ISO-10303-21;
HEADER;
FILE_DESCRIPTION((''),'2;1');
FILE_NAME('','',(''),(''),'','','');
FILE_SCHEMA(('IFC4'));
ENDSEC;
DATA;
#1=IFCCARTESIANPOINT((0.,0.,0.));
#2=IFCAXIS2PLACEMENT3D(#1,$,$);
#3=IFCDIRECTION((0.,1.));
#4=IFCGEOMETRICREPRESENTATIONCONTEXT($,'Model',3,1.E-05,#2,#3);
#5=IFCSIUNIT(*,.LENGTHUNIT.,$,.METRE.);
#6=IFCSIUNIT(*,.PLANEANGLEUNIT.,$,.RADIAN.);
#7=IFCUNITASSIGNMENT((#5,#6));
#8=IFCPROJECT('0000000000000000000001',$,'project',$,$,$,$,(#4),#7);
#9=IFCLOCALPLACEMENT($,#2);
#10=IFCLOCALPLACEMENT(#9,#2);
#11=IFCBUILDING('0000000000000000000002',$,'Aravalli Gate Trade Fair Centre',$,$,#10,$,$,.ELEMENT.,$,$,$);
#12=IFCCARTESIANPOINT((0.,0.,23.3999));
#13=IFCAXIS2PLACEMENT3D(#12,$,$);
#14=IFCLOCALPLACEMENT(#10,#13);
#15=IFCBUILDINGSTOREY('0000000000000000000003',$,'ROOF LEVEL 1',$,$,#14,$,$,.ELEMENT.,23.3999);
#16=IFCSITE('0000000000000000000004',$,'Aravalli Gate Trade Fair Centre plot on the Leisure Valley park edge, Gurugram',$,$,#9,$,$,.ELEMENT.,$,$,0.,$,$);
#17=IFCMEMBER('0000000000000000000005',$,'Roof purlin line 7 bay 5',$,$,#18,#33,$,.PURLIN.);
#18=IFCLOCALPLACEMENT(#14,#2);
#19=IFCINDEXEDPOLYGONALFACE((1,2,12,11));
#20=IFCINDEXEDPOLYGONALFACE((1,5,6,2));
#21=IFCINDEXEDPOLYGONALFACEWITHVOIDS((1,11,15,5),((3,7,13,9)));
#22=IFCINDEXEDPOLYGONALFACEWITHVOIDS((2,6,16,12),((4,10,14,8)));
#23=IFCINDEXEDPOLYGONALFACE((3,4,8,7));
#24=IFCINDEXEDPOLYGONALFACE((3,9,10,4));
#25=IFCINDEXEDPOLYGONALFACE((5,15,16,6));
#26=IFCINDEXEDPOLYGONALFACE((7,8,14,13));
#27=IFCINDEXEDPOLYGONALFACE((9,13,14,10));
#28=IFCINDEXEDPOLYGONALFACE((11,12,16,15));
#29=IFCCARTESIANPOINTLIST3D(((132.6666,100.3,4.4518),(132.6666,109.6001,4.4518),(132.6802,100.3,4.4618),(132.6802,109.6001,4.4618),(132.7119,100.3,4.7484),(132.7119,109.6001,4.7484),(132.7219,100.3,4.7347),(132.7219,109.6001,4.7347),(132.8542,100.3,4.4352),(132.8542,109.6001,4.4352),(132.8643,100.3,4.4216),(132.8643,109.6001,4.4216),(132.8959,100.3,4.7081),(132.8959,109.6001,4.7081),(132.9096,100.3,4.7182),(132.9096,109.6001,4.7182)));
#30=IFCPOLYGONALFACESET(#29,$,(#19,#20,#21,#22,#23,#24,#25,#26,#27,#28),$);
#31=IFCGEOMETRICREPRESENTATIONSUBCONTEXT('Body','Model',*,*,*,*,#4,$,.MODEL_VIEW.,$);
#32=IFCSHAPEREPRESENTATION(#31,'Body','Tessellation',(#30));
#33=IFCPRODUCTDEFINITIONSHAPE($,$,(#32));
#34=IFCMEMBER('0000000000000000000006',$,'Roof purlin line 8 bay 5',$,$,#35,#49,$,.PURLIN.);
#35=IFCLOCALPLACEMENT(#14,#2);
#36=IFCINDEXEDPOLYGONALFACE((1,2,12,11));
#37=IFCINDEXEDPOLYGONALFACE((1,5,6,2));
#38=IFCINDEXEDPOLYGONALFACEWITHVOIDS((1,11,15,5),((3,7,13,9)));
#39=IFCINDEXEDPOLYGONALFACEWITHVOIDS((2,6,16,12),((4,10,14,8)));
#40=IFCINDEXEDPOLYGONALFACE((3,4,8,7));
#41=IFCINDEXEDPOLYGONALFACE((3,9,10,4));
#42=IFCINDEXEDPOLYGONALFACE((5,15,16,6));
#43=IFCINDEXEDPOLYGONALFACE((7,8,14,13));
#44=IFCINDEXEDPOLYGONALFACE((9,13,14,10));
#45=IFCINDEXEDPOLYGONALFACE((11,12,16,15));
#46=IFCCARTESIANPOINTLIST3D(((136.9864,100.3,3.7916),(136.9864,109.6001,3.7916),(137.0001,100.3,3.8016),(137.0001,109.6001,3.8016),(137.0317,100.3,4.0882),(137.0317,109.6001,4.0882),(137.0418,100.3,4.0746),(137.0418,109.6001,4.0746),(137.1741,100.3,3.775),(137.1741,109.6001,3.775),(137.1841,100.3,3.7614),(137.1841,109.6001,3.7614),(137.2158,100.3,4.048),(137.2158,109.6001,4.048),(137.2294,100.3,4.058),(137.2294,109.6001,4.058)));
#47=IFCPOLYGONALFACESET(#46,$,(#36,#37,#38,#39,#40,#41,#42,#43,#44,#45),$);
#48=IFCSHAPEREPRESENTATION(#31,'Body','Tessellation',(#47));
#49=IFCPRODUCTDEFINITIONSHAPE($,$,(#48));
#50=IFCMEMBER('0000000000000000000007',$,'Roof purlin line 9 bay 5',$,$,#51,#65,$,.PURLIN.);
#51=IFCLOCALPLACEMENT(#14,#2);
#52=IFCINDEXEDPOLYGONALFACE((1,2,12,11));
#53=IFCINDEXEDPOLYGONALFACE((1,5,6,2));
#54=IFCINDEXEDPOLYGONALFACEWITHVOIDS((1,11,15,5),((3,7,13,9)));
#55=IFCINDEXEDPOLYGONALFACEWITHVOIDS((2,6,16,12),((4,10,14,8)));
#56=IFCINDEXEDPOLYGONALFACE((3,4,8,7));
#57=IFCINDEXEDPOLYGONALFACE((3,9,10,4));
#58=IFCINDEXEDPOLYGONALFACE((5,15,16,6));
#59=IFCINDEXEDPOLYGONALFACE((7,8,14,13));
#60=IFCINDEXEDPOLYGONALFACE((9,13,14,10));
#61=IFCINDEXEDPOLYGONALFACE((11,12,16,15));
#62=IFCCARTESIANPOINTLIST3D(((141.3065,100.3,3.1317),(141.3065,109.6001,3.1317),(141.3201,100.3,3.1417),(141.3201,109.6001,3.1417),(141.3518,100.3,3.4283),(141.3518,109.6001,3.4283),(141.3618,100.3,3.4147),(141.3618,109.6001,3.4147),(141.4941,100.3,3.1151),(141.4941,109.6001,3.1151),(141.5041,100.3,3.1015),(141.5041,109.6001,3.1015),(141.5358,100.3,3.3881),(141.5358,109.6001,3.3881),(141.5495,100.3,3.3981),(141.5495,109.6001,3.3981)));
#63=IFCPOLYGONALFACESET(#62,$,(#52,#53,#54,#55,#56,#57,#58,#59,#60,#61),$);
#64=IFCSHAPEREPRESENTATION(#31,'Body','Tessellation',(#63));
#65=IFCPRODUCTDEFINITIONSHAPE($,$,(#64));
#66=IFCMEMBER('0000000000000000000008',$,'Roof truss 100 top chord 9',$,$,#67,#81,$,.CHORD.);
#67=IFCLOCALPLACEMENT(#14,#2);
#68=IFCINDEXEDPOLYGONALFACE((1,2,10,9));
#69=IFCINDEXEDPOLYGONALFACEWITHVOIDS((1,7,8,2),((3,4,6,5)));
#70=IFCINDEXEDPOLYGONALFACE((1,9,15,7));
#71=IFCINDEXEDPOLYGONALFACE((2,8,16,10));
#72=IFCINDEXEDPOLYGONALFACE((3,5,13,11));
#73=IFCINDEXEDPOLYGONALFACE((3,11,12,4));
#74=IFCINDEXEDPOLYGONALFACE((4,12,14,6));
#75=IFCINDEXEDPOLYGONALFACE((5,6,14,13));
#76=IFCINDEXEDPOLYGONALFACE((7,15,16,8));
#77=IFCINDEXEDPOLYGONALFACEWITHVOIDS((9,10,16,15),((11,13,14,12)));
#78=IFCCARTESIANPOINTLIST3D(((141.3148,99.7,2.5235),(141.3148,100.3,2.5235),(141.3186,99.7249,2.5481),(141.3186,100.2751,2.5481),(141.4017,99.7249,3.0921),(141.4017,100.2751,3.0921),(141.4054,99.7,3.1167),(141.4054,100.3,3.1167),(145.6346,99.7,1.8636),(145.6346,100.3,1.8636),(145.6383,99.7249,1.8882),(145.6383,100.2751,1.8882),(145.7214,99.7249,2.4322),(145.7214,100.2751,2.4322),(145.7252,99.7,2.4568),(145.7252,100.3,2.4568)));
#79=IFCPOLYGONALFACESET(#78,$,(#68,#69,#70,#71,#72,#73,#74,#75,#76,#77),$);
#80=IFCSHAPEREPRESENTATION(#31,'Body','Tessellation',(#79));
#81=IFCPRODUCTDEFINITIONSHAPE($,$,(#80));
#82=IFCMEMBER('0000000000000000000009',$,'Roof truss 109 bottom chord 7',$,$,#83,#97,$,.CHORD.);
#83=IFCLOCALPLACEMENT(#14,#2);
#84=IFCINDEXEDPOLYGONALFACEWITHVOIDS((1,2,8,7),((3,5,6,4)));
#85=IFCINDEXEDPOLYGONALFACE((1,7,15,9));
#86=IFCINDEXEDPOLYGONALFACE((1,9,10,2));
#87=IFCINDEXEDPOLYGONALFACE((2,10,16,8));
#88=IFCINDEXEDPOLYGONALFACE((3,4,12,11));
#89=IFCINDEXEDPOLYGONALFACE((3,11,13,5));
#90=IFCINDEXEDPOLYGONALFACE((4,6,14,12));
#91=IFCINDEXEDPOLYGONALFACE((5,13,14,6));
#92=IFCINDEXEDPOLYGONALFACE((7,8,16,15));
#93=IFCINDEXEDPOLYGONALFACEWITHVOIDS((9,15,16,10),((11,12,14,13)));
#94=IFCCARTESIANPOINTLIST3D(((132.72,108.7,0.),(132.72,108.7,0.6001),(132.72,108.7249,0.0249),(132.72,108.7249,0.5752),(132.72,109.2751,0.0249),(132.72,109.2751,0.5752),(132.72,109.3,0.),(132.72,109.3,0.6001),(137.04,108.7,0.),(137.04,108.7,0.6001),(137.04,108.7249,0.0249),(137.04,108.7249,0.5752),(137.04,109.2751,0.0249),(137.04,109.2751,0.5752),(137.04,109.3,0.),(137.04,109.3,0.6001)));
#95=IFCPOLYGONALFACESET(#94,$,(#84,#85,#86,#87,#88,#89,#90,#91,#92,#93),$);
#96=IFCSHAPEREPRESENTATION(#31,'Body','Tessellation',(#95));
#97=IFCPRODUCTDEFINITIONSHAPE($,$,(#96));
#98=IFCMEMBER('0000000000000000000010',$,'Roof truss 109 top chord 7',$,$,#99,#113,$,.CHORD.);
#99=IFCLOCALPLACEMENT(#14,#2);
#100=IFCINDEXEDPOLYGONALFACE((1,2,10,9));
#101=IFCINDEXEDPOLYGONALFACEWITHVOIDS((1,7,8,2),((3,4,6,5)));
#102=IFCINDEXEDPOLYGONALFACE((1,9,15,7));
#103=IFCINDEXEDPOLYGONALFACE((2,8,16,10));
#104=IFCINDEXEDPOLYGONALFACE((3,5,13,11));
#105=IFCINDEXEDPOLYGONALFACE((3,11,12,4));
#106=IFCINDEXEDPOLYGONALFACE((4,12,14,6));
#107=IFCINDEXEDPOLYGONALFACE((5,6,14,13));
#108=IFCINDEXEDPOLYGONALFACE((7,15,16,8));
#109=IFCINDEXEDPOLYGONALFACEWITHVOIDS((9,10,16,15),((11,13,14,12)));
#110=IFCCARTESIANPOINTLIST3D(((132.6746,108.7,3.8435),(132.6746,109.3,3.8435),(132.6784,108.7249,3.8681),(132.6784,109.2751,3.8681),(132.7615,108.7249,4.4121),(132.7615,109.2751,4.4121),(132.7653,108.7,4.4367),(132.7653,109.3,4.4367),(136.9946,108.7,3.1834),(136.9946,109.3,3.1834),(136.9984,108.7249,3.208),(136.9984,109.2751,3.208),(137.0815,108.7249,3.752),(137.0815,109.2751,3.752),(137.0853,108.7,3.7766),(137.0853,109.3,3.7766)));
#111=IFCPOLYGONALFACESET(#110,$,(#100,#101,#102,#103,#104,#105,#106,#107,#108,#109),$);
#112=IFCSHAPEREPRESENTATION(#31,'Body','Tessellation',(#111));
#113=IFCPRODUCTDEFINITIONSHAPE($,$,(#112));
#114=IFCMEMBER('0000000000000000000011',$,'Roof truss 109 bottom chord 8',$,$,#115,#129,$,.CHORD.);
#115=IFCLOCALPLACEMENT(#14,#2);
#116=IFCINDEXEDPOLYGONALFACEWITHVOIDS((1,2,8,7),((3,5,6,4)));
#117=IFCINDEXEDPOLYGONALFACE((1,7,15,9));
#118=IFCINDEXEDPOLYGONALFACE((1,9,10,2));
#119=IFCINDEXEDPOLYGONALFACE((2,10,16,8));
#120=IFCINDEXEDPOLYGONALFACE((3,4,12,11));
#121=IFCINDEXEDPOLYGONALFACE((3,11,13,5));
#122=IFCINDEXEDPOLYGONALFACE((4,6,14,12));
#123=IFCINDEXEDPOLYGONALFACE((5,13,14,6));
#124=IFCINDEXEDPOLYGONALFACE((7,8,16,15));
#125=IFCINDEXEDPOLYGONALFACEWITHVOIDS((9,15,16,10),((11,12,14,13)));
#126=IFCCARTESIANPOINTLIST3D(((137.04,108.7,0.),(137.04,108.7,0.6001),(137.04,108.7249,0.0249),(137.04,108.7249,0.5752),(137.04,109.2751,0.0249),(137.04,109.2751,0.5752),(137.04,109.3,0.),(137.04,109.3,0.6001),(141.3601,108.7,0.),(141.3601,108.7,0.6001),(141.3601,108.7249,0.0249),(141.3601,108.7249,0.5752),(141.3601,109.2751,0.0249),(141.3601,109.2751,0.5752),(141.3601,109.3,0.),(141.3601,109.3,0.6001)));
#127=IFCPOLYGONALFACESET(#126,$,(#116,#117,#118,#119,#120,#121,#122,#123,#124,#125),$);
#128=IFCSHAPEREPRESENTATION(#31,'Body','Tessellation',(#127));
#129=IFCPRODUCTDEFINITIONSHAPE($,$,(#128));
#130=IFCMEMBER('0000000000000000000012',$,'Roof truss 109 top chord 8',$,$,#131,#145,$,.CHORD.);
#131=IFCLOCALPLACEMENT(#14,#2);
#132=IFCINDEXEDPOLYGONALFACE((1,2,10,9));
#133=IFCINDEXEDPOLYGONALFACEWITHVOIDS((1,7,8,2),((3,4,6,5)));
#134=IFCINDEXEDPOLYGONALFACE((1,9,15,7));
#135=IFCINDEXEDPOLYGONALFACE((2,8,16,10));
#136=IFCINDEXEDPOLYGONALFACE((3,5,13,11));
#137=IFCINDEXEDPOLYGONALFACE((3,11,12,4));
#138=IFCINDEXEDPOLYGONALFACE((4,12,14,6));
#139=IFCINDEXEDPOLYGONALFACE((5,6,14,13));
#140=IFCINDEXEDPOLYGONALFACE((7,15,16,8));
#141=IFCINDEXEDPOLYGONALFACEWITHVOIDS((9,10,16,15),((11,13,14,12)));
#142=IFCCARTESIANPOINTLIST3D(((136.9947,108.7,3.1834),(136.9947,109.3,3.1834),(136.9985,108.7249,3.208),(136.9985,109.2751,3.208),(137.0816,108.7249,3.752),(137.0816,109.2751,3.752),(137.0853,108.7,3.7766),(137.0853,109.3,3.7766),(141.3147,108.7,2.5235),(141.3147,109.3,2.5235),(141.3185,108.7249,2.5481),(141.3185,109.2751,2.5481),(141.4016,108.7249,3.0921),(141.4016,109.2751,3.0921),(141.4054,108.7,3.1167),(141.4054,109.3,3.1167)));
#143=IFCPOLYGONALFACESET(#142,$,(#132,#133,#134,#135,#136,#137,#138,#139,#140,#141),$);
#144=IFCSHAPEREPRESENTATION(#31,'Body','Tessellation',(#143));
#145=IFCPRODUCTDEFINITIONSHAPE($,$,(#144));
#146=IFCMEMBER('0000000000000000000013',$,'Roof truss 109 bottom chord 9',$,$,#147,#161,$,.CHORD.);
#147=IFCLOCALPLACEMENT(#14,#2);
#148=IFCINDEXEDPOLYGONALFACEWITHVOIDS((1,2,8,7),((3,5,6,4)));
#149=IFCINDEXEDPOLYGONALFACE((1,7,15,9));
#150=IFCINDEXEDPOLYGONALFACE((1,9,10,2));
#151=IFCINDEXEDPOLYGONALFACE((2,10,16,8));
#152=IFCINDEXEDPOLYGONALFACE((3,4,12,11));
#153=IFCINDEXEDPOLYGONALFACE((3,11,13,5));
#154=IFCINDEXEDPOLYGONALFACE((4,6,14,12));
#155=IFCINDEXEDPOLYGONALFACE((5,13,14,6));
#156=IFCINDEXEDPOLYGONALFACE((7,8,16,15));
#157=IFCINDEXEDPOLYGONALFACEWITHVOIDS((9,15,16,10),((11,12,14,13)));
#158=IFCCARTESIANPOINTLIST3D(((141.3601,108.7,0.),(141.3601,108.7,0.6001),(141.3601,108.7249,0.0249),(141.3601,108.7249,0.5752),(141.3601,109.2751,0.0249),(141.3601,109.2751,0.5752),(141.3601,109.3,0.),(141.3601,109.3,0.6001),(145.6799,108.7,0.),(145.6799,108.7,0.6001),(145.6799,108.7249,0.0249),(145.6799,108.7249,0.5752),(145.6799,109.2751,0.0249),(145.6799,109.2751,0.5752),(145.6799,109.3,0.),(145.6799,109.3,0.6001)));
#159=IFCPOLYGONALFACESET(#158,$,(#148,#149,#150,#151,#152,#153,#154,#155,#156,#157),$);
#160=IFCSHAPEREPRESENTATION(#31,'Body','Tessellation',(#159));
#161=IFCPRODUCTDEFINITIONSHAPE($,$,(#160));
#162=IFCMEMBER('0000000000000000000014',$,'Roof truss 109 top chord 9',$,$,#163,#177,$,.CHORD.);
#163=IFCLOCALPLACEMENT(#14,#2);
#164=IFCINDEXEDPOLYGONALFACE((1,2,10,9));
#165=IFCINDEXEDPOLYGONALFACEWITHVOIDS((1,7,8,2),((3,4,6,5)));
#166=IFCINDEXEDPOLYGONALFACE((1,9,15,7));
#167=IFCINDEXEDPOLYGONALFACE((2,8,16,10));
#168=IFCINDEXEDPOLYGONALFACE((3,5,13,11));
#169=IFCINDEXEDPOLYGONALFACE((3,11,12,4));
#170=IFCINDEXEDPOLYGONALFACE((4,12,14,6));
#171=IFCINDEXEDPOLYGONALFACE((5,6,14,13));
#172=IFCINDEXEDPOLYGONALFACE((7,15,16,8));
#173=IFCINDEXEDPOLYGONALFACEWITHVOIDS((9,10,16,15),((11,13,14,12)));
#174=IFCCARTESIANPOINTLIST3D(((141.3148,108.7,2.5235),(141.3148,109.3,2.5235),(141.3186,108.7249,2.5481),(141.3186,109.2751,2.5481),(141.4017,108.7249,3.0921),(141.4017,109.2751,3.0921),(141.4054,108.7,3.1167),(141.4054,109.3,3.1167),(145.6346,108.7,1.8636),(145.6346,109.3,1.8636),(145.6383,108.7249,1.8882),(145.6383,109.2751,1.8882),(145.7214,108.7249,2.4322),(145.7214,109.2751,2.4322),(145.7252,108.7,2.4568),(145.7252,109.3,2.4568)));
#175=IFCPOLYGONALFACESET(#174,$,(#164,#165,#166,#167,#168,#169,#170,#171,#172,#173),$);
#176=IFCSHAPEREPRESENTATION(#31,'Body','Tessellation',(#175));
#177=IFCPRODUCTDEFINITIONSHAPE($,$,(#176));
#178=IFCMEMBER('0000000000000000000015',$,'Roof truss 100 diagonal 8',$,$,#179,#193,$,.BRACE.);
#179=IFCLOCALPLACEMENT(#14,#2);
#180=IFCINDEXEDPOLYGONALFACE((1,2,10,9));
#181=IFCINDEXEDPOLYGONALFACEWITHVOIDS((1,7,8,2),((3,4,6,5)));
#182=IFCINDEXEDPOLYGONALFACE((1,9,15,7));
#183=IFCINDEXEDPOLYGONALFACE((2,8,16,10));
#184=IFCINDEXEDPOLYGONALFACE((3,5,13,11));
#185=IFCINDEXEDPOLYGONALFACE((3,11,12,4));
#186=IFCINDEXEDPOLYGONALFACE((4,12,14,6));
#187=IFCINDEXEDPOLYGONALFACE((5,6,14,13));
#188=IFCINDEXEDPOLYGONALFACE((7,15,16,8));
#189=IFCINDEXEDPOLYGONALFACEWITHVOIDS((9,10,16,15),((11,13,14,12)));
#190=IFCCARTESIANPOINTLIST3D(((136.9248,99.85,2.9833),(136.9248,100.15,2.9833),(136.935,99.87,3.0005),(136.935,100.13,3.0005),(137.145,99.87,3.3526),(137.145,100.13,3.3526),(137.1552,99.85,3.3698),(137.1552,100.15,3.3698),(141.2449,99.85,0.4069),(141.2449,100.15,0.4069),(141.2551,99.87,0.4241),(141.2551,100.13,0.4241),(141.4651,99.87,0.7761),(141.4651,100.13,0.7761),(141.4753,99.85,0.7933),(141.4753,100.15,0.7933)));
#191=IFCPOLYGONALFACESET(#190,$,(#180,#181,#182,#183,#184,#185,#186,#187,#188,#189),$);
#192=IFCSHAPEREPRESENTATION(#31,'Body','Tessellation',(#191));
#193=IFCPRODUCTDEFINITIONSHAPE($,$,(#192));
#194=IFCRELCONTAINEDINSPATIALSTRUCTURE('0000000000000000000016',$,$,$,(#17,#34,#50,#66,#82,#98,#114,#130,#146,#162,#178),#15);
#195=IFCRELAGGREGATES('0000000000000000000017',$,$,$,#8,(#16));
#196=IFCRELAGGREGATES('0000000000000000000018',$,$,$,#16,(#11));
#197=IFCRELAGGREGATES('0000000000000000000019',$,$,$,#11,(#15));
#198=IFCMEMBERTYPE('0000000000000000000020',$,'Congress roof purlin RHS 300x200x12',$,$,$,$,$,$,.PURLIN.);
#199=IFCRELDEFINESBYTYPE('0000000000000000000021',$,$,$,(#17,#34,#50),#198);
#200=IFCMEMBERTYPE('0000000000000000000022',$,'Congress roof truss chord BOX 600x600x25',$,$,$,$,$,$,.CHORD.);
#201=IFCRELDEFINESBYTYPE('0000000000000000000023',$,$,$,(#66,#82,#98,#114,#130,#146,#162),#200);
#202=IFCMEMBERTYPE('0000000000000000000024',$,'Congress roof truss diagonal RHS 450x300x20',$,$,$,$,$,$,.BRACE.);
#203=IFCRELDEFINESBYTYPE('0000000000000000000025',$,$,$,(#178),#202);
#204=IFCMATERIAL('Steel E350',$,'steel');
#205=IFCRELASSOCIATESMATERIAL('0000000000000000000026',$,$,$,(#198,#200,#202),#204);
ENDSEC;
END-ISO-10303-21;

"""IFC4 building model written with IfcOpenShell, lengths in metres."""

from ifc_helpers import new_model, si_unit, direction, frame, origin, origin_2d, place, context, subcontext, project, spatial, hollow_rectangle, extrude, material, material_profile, profile_set, type_object, element, save


model = new_model("IFC4")

# Units and contexts
model_context = context("Model", 3, precision=1e-05, world=origin(), true_north=direction((0.0, 1.0)))
body_context = subcontext(model_context, "Body", "Model", "MODEL_VIEW")
ifc_project = project(units=[si_unit("LENGTHUNIT", "METRE"), si_unit("PLANEANGLEUNIT", "RADIAN")], contexts=[model_context])

# Site, building, storey
site_placement = place(None, origin())
site = spatial("IfcSite", under=ifc_project, at=site_placement, Name="Aravalli Gate Trade Fair Centre plot on the Leisure Valley park edge, Gurugram", CompositionType="ELEMENT", RefElevation=0.0)
building_placement = place(site_placement, origin())
building = spatial("IfcBuilding", under=site, at=building_placement, Name="Aravalli Gate Trade Fair Centre", CompositionType="ELEMENT")
storey_placement = place(building_placement, frame((0.0, 0.0, 23.3999)))
storey = spatial("IfcBuildingStorey", under=building, at=storey_placement, Name="ROOF LEVEL 1", CompositionType="ELEMENT", Elevation=23.3999)

# Members
ifc_material = material(Name="Steel E350", Category="steel")
ifc_material_profile_1 = material_profile(ifc_material, hollow_rectangle(XDim=0.2, YDim=0.3, WallThickness=0.012, at=origin_2d()), Name="RHS 300x200x12")
ifc_profile_set_1 = profile_set([ifc_material_profile_1], Name="Steel E350")
member_type_1 = type_object("IfcMemberType", Name="Congress roof purlin RHS 300x200x12", PredefinedType="PURLIN", material=ifc_profile_set_1)
for number, where, z_axis, x_axis, name in (
    (1, (132.7881, 100.3, 4.585), (0.0, 1.0, 0.0), (-0.98853, 0.0, 0.151026), "Roof purlin line 7 bay 5"),
    (2, (137.1079, 100.3, 3.9248), (0.0, 1.0, 0.0), (-0.98853, 0.0, 0.151026), "Roof purlin line 8 bay 5"),
    (3, (141.428, 100.3, 3.2649), (0.0, 1.0, 0.0), (-0.98853, 0.0, 0.151026), "Roof purlin line 9 bay 5"),
):
    element("IfcMember", number, at=place(storey_placement, frame(where, z_axis=z_axis, x_axis=x_axis)), inside=storey, type_object=member_type_1, Name=name, PredefinedType="PURLIN", context=body_context, shape_type="SweptSolid", body=[
        extrude(hollow_rectangle(XDim=0.2, YDim=0.3, WallThickness=0.012, at=origin_2d()), origin(), (0.0, 0.0, 1.0), 9.3),
    ])
ifc_material_profile_2 = material_profile(ifc_material, hollow_rectangle(XDim=0.6001, YDim=0.6001, WallThickness=0.0249, at=origin_2d()), Name="BOX 600x600x25")
ifc_profile_set_2 = profile_set([ifc_material_profile_2], Name="Steel E350")
member_type_2 = type_object("IfcMemberType", Name="Congress roof truss chord BOX 600x600x25", PredefinedType="CHORD", material=ifc_profile_set_2)
member_1_placement = place(storey_placement, frame((141.3601, 100.0, 2.8201), z_axis=(0.988532, 0.0, -0.151012), x_axis=(0.0, 1.0, 0.0)))
element("IfcMember", 4, at=member_1_placement, inside=storey, type_object=member_type_2, Name="Roof truss 100 top chord 9", PredefinedType="CHORD", context=body_context, shape_type="SweptSolid", body=[
    extrude(hollow_rectangle(XDim=0.6001, YDim=0.6001, WallThickness=0.0249, at=origin_2d()), origin(), (0.0, 0.0, 1.0), 4.3699),
])
member_2_placement = place(storey_placement, frame((132.72, 109.0, 0.3), z_axis=(1.0, 0.0, 0.0), x_axis=(0.0, 1.0, 0.0)))
element("IfcMember", 5, at=member_2_placement, inside=storey, type_object=member_type_2, Name="Roof truss 109 bottom chord 7", PredefinedType="CHORD", context=body_context, shape_type="SweptSolid", body=[
    extrude(hollow_rectangle(XDim=0.6001, YDim=0.6001, WallThickness=0.0249, at=origin_2d()), origin(), (0.0, 0.0, 1.0), 4.3201),
])
member_3_placement = place(storey_placement, frame((132.72, 109.0, 4.1401), z_axis=(0.988525, 0.0, -0.151058), x_axis=(0.0, 1.0, 0.0)))
element("IfcMember", 6, at=member_3_placement, inside=storey, type_object=member_type_2, Name="Roof truss 109 top chord 7", PredefinedType="CHORD", context=body_context, shape_type="SweptSolid", body=[
    extrude(hollow_rectangle(XDim=0.6001, YDim=0.6001, WallThickness=0.0249, at=origin_2d()), origin(), (0.0, 0.0, 1.0), 4.3701),
])
member_4_placement = place(storey_placement, frame((137.04, 109.0, 0.3), z_axis=(1.0, 0.0, 0.0), x_axis=(0.0, 1.0, 0.0)))
element("IfcMember", 7, at=member_4_placement, inside=storey, type_object=member_type_2, Name="Roof truss 109 bottom chord 8", PredefinedType="CHORD", context=body_context, shape_type="SweptSolid", body=[
    extrude(hollow_rectangle(XDim=0.6001, YDim=0.6001, WallThickness=0.0249, at=origin_2d()), origin(), (0.0, 0.0, 1.0), 4.3201),
])
member_5_placement = place(storey_placement, frame((137.04, 109.0, 3.48), z_axis=(0.988533, 0.0, -0.151003), x_axis=(0.0, 1.0, 0.0)))
element("IfcMember", 8, at=member_5_placement, inside=storey, type_object=member_type_2, Name="Roof truss 109 top chord 8", PredefinedType="CHORD", context=body_context, shape_type="SweptSolid", body=[
    extrude(hollow_rectangle(XDim=0.6001, YDim=0.6001, WallThickness=0.0249, at=origin_2d()), origin(), (0.0, 0.0, 1.0), 4.3701),
])
member_6_placement = place(storey_placement, frame((141.3601, 109.0, 0.3), z_axis=(1.0, 0.0, 0.0), x_axis=(0.0, 1.0, 0.0)))
element("IfcMember", 9, at=member_6_placement, inside=storey, type_object=member_type_2, Name="Roof truss 109 bottom chord 9", PredefinedType="CHORD", context=body_context, shape_type="SweptSolid", body=[
    extrude(hollow_rectangle(XDim=0.6001, YDim=0.6001, WallThickness=0.0249, at=origin_2d()), origin(), (0.0, 0.0, 1.0), 4.3198),
])
member_7_placement = place(storey_placement, frame((141.3601, 109.0, 2.8201), z_axis=(0.988532, 0.0, -0.151012), x_axis=(0.0, 1.0, 0.0)))
element("IfcMember", 10, at=member_7_placement, inside=storey, type_object=member_type_2, Name="Roof truss 109 top chord 9", PredefinedType="CHORD", context=body_context, shape_type="SweptSolid", body=[
    extrude(hollow_rectangle(XDim=0.6001, YDim=0.6001, WallThickness=0.0249, at=origin_2d()), origin(), (0.0, 0.0, 1.0), 4.3699),
])
ifc_material_profile_3 = material_profile(ifc_material, hollow_rectangle(XDim=0.3, YDim=0.45, WallThickness=0.02, at=origin_2d()), Name="RHS 450x300x20")
ifc_profile_set_3 = profile_set([ifc_material_profile_3], Name="Steel E350")
member_type_3 = type_object("IfcMemberType", Name="Congress roof truss diagonal RHS 450x300x20", PredefinedType="BRACE", material=ifc_profile_set_3)
member_8_placement = place(storey_placement, frame((141.3601, 100.0, 0.6001), z_axis=(-0.85886, 0.0, 0.51221), x_axis=(0.0, -1.0, 0.0)))
element("IfcMember", 11, at=member_8_placement, inside=storey, type_object=member_type_3, Name="Roof truss 100 diagonal 8", PredefinedType="BRACE", context=body_context, shape_type="SweptSolid", body=[
    extrude(hollow_rectangle(XDim=0.3, YDim=0.45, WallThickness=0.02, at=origin_2d()), origin(), (0.0, 0.0, 1.0), 5.03),
])

save(model, "model.ifc")
